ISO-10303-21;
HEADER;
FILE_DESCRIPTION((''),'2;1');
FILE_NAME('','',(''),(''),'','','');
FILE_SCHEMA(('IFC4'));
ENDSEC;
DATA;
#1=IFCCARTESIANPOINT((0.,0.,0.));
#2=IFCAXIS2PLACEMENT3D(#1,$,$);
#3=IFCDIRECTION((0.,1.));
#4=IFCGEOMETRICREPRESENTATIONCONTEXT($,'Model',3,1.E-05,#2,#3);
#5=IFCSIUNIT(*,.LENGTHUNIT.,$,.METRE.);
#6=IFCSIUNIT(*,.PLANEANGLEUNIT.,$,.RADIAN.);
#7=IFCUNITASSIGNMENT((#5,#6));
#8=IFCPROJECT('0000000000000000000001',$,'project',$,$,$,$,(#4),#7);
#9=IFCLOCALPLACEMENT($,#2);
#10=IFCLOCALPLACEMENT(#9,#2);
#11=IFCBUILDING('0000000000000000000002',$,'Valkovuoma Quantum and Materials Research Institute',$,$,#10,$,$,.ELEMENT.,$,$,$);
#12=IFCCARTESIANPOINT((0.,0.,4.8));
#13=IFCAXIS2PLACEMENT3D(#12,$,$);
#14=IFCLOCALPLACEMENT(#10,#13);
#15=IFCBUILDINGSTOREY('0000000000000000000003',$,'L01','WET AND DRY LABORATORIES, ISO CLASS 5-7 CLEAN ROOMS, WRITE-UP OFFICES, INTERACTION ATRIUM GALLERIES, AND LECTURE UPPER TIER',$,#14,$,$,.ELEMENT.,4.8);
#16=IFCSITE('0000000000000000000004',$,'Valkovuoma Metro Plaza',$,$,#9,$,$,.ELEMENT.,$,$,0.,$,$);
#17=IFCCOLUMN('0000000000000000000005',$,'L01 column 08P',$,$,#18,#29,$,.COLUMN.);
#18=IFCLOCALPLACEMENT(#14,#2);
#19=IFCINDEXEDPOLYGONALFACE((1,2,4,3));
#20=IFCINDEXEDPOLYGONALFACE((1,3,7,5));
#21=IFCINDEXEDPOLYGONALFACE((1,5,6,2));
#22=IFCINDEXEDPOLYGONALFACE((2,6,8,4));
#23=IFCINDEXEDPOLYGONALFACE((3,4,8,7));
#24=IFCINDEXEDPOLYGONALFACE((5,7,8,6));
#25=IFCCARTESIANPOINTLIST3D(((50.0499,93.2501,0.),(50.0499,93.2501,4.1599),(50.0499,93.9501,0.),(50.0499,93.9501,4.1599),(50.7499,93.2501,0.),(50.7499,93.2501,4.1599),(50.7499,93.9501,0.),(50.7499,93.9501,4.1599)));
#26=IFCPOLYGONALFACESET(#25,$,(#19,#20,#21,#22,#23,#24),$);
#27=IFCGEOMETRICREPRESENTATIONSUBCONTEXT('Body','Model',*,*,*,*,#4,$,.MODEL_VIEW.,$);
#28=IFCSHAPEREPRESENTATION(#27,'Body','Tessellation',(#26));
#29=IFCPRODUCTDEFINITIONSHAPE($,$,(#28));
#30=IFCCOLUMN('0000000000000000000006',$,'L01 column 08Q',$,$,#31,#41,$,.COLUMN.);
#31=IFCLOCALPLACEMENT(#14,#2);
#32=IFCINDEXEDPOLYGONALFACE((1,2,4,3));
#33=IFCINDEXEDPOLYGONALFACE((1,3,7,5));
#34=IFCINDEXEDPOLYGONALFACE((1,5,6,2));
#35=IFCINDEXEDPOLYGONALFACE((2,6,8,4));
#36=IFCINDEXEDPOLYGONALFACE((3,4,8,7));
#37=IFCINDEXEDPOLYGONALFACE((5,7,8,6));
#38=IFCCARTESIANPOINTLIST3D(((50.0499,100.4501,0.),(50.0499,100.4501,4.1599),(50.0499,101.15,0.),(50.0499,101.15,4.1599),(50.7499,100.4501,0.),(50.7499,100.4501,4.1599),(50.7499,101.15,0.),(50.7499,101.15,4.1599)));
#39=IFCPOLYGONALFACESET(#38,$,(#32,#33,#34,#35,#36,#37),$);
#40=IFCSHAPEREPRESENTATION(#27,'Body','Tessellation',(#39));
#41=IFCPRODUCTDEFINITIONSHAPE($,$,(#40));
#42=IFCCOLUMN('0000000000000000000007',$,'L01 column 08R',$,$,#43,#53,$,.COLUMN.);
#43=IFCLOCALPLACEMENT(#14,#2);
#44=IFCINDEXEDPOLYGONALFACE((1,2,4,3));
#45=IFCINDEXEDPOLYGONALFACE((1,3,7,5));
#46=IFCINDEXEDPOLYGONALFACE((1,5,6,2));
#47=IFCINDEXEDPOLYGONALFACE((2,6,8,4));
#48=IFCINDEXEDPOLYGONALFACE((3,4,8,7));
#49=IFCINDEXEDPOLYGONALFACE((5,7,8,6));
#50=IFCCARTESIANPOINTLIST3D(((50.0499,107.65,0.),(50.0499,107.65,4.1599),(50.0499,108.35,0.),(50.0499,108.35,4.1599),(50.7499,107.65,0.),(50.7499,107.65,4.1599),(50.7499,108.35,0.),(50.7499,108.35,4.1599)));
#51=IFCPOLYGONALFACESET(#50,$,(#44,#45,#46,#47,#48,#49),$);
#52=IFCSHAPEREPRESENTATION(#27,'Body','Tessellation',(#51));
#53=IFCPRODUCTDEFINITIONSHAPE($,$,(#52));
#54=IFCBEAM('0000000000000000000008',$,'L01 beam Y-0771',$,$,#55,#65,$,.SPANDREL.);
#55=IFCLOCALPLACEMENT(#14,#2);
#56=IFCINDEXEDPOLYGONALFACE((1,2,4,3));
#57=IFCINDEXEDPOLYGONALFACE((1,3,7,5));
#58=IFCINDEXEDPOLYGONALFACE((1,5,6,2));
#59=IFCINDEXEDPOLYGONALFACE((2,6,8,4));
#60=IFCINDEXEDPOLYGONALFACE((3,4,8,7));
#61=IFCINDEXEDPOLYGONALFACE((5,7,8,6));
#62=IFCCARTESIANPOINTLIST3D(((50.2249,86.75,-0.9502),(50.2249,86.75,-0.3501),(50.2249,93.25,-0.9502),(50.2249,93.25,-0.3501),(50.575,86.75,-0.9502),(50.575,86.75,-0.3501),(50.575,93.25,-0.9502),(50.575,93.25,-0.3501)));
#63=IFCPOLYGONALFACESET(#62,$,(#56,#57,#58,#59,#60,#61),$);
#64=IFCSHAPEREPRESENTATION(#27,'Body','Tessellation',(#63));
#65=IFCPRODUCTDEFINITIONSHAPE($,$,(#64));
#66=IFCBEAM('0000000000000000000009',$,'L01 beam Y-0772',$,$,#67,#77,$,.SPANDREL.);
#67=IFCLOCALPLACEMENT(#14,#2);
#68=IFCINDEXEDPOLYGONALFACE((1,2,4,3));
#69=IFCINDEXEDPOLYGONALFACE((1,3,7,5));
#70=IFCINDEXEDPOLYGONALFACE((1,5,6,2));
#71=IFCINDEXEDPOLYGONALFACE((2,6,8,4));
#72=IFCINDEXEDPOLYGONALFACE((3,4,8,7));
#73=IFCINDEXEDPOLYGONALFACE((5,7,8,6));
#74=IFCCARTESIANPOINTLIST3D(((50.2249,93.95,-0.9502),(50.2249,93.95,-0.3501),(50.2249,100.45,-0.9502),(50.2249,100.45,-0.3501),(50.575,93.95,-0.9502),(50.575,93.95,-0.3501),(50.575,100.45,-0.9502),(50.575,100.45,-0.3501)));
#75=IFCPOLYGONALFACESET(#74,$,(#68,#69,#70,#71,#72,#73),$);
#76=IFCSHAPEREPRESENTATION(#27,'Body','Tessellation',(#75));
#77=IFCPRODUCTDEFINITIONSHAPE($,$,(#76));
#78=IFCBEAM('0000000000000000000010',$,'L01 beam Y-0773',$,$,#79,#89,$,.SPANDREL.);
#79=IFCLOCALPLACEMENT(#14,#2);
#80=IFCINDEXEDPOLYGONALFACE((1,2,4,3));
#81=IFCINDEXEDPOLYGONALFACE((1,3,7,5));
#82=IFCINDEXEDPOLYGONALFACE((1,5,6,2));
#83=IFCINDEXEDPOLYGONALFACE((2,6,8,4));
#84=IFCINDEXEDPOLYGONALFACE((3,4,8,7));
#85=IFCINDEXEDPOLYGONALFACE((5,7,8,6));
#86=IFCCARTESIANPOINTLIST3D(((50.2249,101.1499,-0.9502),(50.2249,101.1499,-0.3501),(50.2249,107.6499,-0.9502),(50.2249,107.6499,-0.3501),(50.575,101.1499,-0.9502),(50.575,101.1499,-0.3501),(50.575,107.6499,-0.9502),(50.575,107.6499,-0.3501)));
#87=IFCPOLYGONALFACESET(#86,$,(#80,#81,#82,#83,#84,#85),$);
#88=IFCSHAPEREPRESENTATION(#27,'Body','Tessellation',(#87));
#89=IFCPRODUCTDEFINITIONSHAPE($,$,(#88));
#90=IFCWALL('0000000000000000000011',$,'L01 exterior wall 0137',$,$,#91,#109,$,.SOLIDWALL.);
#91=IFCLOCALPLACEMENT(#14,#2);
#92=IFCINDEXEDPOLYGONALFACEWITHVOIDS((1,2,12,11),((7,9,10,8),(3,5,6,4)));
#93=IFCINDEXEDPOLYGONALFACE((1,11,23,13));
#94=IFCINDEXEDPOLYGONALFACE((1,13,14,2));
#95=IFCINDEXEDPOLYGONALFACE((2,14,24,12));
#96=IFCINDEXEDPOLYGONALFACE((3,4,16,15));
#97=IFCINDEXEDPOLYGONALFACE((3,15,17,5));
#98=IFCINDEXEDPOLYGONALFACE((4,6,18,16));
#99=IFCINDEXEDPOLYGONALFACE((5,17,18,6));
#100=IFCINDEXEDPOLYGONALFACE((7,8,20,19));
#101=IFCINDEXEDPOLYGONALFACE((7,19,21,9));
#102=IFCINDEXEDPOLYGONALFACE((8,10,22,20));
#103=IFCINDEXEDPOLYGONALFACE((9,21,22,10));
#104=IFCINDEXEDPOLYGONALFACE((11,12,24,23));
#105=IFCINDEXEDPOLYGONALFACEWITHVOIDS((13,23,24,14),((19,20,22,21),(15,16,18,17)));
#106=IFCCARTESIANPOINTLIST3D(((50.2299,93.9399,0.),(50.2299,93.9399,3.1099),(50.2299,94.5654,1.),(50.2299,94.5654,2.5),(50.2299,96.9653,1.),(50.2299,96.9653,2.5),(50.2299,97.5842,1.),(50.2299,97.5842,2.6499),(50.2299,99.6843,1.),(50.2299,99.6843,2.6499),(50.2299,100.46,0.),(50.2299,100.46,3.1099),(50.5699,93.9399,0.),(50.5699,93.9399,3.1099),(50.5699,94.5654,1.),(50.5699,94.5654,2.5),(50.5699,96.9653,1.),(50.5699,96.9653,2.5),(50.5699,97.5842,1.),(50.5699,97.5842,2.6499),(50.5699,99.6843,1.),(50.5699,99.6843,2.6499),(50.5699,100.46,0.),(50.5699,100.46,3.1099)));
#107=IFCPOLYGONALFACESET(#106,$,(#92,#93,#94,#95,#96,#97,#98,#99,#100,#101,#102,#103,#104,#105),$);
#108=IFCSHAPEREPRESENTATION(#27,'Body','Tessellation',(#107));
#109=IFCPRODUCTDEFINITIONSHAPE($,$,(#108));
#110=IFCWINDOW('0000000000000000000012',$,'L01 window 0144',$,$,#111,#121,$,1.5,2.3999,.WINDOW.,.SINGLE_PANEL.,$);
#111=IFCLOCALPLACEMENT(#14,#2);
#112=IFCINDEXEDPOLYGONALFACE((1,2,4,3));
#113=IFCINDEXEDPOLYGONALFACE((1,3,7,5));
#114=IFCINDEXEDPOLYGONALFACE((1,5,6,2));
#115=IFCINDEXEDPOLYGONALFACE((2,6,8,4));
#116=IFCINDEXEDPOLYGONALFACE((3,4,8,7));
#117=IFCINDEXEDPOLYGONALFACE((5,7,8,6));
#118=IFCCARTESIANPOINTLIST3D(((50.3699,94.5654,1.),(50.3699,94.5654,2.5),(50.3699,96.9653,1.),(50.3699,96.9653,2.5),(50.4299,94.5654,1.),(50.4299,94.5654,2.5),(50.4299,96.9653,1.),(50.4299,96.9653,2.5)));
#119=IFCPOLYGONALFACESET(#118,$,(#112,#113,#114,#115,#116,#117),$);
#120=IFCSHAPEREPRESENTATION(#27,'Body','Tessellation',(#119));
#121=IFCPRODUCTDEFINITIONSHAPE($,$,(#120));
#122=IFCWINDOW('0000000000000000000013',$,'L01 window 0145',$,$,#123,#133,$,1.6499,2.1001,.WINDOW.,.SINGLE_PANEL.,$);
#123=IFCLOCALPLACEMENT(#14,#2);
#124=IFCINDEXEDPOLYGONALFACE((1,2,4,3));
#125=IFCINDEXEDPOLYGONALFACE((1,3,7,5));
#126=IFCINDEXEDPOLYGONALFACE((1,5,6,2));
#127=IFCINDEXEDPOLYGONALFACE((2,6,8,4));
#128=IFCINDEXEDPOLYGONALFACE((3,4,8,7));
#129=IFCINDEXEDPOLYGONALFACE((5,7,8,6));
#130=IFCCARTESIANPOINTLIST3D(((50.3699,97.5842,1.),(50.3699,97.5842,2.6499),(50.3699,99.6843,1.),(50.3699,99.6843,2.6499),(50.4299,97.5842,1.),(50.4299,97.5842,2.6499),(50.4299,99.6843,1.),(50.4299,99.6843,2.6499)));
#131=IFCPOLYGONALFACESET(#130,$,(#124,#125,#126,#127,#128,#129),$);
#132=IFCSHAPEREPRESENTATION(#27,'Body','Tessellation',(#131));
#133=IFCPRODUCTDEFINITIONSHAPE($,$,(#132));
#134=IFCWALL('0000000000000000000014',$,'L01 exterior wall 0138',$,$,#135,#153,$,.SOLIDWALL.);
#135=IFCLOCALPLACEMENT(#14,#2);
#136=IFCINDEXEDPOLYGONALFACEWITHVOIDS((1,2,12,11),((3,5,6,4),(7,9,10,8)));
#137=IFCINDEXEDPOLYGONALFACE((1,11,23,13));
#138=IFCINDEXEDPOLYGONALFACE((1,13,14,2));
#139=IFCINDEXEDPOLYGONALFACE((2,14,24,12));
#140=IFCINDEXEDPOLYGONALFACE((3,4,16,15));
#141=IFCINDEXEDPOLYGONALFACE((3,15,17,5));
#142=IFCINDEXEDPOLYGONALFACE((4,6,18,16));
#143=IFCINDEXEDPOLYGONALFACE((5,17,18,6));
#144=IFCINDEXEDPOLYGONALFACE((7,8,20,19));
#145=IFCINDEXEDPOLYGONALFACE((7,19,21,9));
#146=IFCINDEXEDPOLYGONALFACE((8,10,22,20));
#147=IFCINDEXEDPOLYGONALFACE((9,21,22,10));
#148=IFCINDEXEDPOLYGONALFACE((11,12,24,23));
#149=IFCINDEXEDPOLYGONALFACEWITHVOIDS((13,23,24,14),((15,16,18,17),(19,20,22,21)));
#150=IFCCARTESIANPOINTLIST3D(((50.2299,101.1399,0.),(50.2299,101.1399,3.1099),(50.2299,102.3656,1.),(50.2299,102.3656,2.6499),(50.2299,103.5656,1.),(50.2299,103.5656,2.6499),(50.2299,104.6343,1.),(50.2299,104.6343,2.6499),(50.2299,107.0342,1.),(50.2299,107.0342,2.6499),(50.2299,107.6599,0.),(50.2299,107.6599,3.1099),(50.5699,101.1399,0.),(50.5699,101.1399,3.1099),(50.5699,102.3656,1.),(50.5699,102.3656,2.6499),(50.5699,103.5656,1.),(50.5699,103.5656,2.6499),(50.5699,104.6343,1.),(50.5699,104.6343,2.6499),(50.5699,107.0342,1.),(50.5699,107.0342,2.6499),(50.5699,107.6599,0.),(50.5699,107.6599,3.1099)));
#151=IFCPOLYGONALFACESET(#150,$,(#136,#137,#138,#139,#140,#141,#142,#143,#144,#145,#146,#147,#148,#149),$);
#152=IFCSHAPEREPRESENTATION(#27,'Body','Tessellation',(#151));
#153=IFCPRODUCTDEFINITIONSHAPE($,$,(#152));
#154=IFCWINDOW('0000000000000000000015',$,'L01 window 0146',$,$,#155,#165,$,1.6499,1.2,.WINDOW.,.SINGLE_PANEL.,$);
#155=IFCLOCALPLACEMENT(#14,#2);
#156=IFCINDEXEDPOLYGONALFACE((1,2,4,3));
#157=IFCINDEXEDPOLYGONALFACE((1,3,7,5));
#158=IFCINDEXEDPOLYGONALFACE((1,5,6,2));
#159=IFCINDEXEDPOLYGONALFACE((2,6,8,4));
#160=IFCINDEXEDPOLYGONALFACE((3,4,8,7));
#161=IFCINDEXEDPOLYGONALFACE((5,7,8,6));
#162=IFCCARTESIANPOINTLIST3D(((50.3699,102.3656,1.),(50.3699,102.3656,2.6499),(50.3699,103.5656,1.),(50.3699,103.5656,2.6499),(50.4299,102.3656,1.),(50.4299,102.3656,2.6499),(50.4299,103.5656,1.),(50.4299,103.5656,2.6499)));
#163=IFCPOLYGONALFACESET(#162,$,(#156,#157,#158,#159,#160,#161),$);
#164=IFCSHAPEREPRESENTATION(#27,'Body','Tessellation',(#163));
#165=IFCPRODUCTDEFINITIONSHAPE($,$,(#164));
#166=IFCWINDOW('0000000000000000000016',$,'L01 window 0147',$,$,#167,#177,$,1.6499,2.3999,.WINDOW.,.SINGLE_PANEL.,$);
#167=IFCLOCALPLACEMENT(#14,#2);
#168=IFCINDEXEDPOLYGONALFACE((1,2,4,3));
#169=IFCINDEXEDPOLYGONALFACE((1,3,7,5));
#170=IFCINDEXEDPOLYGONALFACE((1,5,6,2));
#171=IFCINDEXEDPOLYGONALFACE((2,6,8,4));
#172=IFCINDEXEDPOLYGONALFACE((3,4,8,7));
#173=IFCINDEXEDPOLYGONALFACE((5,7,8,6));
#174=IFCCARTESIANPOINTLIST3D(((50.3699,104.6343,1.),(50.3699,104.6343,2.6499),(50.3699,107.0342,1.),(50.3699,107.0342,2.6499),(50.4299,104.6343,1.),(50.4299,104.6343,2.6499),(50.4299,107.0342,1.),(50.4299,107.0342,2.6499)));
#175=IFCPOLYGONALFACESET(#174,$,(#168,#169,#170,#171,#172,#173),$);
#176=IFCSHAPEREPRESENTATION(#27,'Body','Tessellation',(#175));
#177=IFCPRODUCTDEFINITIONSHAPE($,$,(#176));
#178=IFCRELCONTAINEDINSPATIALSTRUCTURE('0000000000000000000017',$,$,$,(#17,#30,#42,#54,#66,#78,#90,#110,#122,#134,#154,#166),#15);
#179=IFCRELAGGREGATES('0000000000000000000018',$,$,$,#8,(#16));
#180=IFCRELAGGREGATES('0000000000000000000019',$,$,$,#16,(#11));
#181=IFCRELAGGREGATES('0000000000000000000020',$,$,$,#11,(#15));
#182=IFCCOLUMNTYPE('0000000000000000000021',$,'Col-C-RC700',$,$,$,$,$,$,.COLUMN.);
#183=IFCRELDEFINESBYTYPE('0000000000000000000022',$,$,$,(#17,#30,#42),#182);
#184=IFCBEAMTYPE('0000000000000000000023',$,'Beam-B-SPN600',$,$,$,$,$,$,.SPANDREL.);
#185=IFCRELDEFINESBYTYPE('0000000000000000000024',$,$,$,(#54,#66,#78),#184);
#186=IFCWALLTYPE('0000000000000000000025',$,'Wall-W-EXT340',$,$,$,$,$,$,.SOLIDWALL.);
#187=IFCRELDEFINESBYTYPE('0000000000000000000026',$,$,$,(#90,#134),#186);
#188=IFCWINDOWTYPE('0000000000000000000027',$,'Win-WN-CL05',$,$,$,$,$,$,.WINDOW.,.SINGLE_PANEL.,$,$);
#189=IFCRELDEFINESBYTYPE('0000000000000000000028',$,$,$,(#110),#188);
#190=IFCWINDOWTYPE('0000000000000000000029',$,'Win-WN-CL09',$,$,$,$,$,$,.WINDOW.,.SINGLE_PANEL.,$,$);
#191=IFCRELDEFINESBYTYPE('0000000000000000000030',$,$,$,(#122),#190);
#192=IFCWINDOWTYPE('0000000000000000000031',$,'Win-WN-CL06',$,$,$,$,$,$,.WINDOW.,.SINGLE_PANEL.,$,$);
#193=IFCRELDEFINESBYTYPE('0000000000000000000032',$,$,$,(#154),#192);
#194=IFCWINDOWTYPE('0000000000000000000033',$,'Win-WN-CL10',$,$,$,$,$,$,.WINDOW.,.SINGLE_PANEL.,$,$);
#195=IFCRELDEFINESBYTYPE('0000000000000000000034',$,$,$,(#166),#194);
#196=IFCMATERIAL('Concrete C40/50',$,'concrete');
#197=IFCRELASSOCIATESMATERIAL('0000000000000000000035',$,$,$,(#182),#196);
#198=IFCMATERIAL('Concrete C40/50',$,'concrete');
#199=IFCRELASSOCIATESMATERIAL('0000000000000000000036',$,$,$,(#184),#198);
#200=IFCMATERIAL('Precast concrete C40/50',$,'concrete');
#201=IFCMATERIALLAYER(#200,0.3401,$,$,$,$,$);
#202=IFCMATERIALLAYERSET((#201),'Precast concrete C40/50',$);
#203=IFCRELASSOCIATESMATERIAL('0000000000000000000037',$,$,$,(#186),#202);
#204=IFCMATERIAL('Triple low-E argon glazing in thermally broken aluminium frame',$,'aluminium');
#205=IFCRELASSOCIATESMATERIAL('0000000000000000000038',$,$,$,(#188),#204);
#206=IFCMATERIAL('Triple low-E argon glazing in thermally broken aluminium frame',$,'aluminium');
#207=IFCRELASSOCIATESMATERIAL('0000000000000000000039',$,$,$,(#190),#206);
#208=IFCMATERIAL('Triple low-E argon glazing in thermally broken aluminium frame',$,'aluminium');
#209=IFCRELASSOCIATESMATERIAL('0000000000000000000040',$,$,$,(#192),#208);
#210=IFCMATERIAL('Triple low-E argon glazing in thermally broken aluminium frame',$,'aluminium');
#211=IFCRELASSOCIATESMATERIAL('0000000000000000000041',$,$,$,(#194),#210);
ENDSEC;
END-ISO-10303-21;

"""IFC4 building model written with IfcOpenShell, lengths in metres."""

from ifc_helpers import new_model, si_unit, direction, frame, frame_2d, origin, origin_2d, place, context, subcontext, project, spatial, rectangle, extrude, material, layer, layer_set, material_profile, profile_set, type_object, element, fill, save


model = new_model("IFC4")

# Units and contexts
model_context = context("Model", 3, precision=1e-05, world=origin(), true_north=direction((0.0, 1.0)))
body_context = subcontext(model_context, "Body", "Model", "MODEL_VIEW")
ifc_project = project(units=[si_unit("LENGTHUNIT", "METRE"), si_unit("PLANEANGLEUNIT", "RADIAN")], contexts=[model_context])

# Site, building, storey
site_placement = place(None, origin())
site = spatial("IfcSite", under=ifc_project, at=site_placement, Name="Valkovuoma Metro Plaza", CompositionType="ELEMENT", RefElevation=0.0)
building_placement = place(site_placement, origin())
building = spatial("IfcBuilding", under=site, at=building_placement, Name="Valkovuoma Quantum and Materials Research Institute", CompositionType="ELEMENT")
storey_placement = place(building_placement, frame((0.0, 0.0, 4.8)))
storey = spatial("IfcBuildingStorey", under=building, at=storey_placement, Name="L01", Description="WET AND DRY LABORATORIES, ISO CLASS 5-7 CLEAN ROOMS, WRITE-UP OFFICES, INTERACTION ATRIUM GALLERIES, AND LECTURE UPPER TIER", CompositionType="ELEMENT", Elevation=4.8)

# Columns
ifc_material_1 = material(Name="Concrete C40/50", Category="concrete")
ifc_material_profile_1 = material_profile(ifc_material_1, rectangle(XDim=0.7, YDim=0.7, at=origin_2d()), Name="Concrete C40/50")
ifc_profile_set_1 = profile_set([ifc_material_profile_1], Name="Concrete C40/50")
column_type = type_object("IfcColumnType", Name="Col-C-RC700", PredefinedType="COLUMN", material=ifc_profile_set_1)
for number, where, z_axis, x_axis, name in (
    (1, (50.3999, 93.6001, 0.0), (0.0, 0.0, 1.0), (1.0, 0.0, 0.0), "L01 column 08P"),
    (2, (50.3999, 100.8, 0.0), (0.0, 0.0, 1.0), (1.0, 0.0, 0.0), "L01 column 08Q"),
    (3, (50.3999, 108.0, 0.0), (0.0, 0.0, 1.0), (1.0, 0.0, 0.0), "L01 column 08R"),
):
    element("IfcColumn", number, at=place(storey_placement, frame(where, z_axis=z_axis, x_axis=x_axis)), inside=storey, type_object=column_type, Name=name, PredefinedType="COLUMN", context=body_context, shape_type="SweptSolid", body=[
        extrude(rectangle(XDim=0.7, YDim=0.7, at=origin_2d()), origin(), (0.0, 0.0, 1.0), 4.1599),
    ])

# Beams
ifc_material_2 = material(Name="Concrete C40/50", Category="concrete")
ifc_material_profile_2 = material_profile(ifc_material_2, rectangle(XDim=0.3501, YDim=0.6001, at=origin_2d()), Name="Concrete C40/50")
ifc_profile_set_2 = profile_set([ifc_material_profile_2], Name="Concrete C40/50")
beam_type = type_object("IfcBeamType", Name="Beam-B-SPN600", PredefinedType="SPANDREL", material=ifc_profile_set_2)
for number, where, z_axis, x_axis, name in (
    (4, (50.3999, 86.75, -0.6501), (0.0, 1.0, 0.0), (-1.0, 0.0, 0.0), "L01 beam Y-0771"),
    (5, (50.3999, 93.95, -0.6501), (0.0, 1.0, 0.0), (-1.0, 0.0, 0.0), "L01 beam Y-0772"),
    (6, (50.3999, 101.1499, -0.6501), (0.0, 1.0, 0.0), (-1.0, 0.0, 0.0), "L01 beam Y-0773"),
):
    element("IfcBeam", number, at=place(storey_placement, frame(where, z_axis=z_axis, x_axis=x_axis)), inside=storey, type_object=beam_type, Name=name, PredefinedType="SPANDREL", context=body_context, shape_type="SweptSolid", body=[
        extrude(rectangle(XDim=0.3501, YDim=0.6001, at=origin_2d()), origin(), (0.0, 0.0, 1.0), 6.5),
    ])

# Walls, openings, windows
ifc_material_3 = material(Name="Precast concrete C40/50", Category="concrete")
ifc_layer_1 = layer(ifc_material_3, 0.3401)
ifc_layer_set_1 = layer_set([ifc_layer_1], Name="Precast concrete C40/50")
wall_type = type_object("IfcWallType", Name="Wall-W-EXT340", PredefinedType="SOLIDWALL", material=ifc_layer_set_1)
wall_1_placement = place(storey_placement, frame((50.3999, 93.9399, 0.0), z_axis=(0.0, 0.0, 1.0), x_axis=(0.0, 1.0, 0.0)))
wall_1 = element("IfcWall", 7, at=wall_1_placement, inside=storey, type_object=wall_type, Name="L01 exterior wall 0137", PredefinedType="SOLIDWALL", context=body_context, shape_type="SweptSolid", body=[
    extrude(rectangle(XDim=6.52, YDim=0.3401, at=frame_2d((3.26, 0.0))), origin(), (0.0, 0.0, 1.0), 3.1099),
])
opening_1_placement = place(wall_1_placement, frame((0.6255, 0.0, 1.0)))
opening_1 = element("IfcOpeningElement", 8, at=opening_1_placement, cuts=wall_1, PredefinedType="OPENING", context=body_context, shape_type="SweptSolid", body=[
    extrude(rectangle(XDim=2.3999, YDim=1.5, at=frame_2d((1.2, 0.75))), frame((0.0, 0.1802, 0.0), z_axis=(0.0, -1.0, 0.0), x_axis=(1.0, 0.0, 0.0)), (0.0, 0.0, 1.0), 0.3601),
])
opening_2_placement = place(wall_1_placement, frame((3.6443, 0.0, 1.0)))
opening_2 = element("IfcOpeningElement", 9, at=opening_2_placement, cuts=wall_1, PredefinedType="OPENING", context=body_context, shape_type="SweptSolid", body=[
    extrude(rectangle(XDim=2.1001, YDim=1.6499, at=frame_2d((1.05, 0.825))), frame((0.0, 0.1802, 0.0), z_axis=(0.0, -1.0, 0.0), x_axis=(1.0, 0.0, 0.0)), (0.0, 0.0, 1.0), 0.3601),
])
ifc_material_4 = material(Name="Triple low-E argon glazing in thermally broken aluminium frame", Category="aluminium")
window_type_1 = type_object("IfcWindowType", Name="Win-WN-CL05", PartitioningType="SINGLE_PANEL", PredefinedType="WINDOW", material=ifc_material_4)
window_1_placement = place(opening_1_placement, origin())
window_1 = element("IfcWindow", 10, at=window_1_placement, inside=storey, type_object=window_type_1, Name="L01 window 0144", OverallHeight=1.5, OverallWidth=2.3999, PartitioningType="SINGLE_PANEL", PredefinedType="WINDOW", context=body_context, shape_type="SweptSolid", body=[
    extrude(rectangle(XDim=2.3999, YDim=1.5, at=frame_2d((1.2, 0.75))), frame((0.0, 0.03, 0.0), z_axis=(0.0, -1.0, 0.0), x_axis=(1.0, 0.0, 0.0)), (0.0, 0.0, 1.0), 0.0601),
])
fill(opening_1, window_1)
ifc_material_5 = material(Name="Triple low-E argon glazing in thermally broken aluminium frame", Category="aluminium")
window_type_2 = type_object("IfcWindowType", Name="Win-WN-CL09", PartitioningType="SINGLE_PANEL", PredefinedType="WINDOW", material=ifc_material_5)
window_2_placement = place(opening_2_placement, origin())
window_2 = element("IfcWindow", 11, at=window_2_placement, inside=storey, type_object=window_type_2, Name="L01 window 0145", OverallHeight=1.6499, OverallWidth=2.1001, PartitioningType="SINGLE_PANEL", PredefinedType="WINDOW", context=body_context, shape_type="SweptSolid", body=[
    extrude(rectangle(XDim=2.1001, YDim=1.6499, at=frame_2d((1.05, 0.825))), frame((0.0, 0.03, 0.0), z_axis=(0.0, -1.0, 0.0), x_axis=(1.0, 0.0, 0.0)), (0.0, 0.0, 1.0), 0.0601),
])
fill(opening_2, window_2)
wall_2_placement = place(storey_placement, frame((50.3999, 101.1399, 0.0), z_axis=(0.0, 0.0, 1.0), x_axis=(0.0, 1.0, 0.0)))
wall_2 = element("IfcWall", 12, at=wall_2_placement, inside=storey, type_object=wall_type, Name="L01 exterior wall 0138", PredefinedType="SOLIDWALL", context=body_context, shape_type="SweptSolid", body=[
    extrude(rectangle(XDim=6.52, YDim=0.3401, at=frame_2d((3.26, 0.0))), origin(), (0.0, 0.0, 1.0), 3.1099),
])
opening_3_placement = place(wall_2_placement, frame((1.2256, 0.0, 1.0)))
opening_3 = element("IfcOpeningElement", 13, at=opening_3_placement, cuts=wall_2, PredefinedType="OPENING", context=body_context, shape_type="SweptSolid", body=[
    extrude(rectangle(XDim=1.2, YDim=1.6499, at=frame_2d((0.6001, 0.825))), frame((0.0, 0.1802, 0.0), z_axis=(0.0, -1.0, 0.0), x_axis=(1.0, 0.0, 0.0)), (0.0, 0.0, 1.0), 0.3601),
])
opening_4_placement = place(wall_2_placement, frame((3.4944, 0.0, 1.0)))
opening_4 = element("IfcOpeningElement", 14, at=opening_4_placement, cuts=wall_2, PredefinedType="OPENING", context=body_context, shape_type="SweptSolid", body=[
    extrude(rectangle(XDim=2.3999, YDim=1.6499, at=frame_2d((1.2, 0.825))), frame((0.0, 0.1802, 0.0), z_axis=(0.0, -1.0, 0.0), x_axis=(1.0, 0.0, 0.0)), (0.0, 0.0, 1.0), 0.3601),
])
ifc_material_6 = material(Name="Triple low-E argon glazing in thermally broken aluminium frame", Category="aluminium")
window_type_3 = type_object("IfcWindowType", Name="Win-WN-CL06", PartitioningType="SINGLE_PANEL", PredefinedType="WINDOW", material=ifc_material_6)
window_3_placement = place(opening_3_placement, origin())
window_3 = element("IfcWindow", 15, at=window_3_placement, inside=storey, type_object=window_type_3, Name="L01 window 0146", OverallHeight=1.6499, OverallWidth=1.2, PartitioningType="SINGLE_PANEL", PredefinedType="WINDOW", context=body_context, shape_type="SweptSolid", body=[
    extrude(rectangle(XDim=1.2, YDim=1.6499, at=frame_2d((0.6001, 0.825))), frame((0.0, 0.03, 0.0), z_axis=(0.0, -1.0, 0.0), x_axis=(1.0, 0.0, 0.0)), (0.0, 0.0, 1.0), 0.0601),
])
fill(opening_3, window_3)
ifc_material_7 = material(Name="Triple low-E argon glazing in thermally broken aluminium frame", Category="aluminium")
window_type_4 = type_object("IfcWindowType", Name="Win-WN-CL10", PartitioningType="SINGLE_PANEL", PredefinedType="WINDOW", material=ifc_material_7)
window_4_placement = place(opening_4_placement, origin())
window_4 = element("IfcWindow", 16, at=window_4_placement, inside=storey, type_object=window_type_4, Name="L01 window 0147", OverallHeight=1.6499, OverallWidth=2.3999, PartitioningType="SINGLE_PANEL", PredefinedType="WINDOW", context=body_context, shape_type="SweptSolid", body=[
    extrude(rectangle(XDim=2.3999, YDim=1.6499, at=frame_2d((1.2, 0.825))), frame((0.0, 0.03, 0.0), z_axis=(0.0, -1.0, 0.0), x_axis=(1.0, 0.0, 0.0)), (0.0, 0.0, 1.0), 0.0601),
])
fill(opening_4, window_4)

save(model, "model.ifc")
